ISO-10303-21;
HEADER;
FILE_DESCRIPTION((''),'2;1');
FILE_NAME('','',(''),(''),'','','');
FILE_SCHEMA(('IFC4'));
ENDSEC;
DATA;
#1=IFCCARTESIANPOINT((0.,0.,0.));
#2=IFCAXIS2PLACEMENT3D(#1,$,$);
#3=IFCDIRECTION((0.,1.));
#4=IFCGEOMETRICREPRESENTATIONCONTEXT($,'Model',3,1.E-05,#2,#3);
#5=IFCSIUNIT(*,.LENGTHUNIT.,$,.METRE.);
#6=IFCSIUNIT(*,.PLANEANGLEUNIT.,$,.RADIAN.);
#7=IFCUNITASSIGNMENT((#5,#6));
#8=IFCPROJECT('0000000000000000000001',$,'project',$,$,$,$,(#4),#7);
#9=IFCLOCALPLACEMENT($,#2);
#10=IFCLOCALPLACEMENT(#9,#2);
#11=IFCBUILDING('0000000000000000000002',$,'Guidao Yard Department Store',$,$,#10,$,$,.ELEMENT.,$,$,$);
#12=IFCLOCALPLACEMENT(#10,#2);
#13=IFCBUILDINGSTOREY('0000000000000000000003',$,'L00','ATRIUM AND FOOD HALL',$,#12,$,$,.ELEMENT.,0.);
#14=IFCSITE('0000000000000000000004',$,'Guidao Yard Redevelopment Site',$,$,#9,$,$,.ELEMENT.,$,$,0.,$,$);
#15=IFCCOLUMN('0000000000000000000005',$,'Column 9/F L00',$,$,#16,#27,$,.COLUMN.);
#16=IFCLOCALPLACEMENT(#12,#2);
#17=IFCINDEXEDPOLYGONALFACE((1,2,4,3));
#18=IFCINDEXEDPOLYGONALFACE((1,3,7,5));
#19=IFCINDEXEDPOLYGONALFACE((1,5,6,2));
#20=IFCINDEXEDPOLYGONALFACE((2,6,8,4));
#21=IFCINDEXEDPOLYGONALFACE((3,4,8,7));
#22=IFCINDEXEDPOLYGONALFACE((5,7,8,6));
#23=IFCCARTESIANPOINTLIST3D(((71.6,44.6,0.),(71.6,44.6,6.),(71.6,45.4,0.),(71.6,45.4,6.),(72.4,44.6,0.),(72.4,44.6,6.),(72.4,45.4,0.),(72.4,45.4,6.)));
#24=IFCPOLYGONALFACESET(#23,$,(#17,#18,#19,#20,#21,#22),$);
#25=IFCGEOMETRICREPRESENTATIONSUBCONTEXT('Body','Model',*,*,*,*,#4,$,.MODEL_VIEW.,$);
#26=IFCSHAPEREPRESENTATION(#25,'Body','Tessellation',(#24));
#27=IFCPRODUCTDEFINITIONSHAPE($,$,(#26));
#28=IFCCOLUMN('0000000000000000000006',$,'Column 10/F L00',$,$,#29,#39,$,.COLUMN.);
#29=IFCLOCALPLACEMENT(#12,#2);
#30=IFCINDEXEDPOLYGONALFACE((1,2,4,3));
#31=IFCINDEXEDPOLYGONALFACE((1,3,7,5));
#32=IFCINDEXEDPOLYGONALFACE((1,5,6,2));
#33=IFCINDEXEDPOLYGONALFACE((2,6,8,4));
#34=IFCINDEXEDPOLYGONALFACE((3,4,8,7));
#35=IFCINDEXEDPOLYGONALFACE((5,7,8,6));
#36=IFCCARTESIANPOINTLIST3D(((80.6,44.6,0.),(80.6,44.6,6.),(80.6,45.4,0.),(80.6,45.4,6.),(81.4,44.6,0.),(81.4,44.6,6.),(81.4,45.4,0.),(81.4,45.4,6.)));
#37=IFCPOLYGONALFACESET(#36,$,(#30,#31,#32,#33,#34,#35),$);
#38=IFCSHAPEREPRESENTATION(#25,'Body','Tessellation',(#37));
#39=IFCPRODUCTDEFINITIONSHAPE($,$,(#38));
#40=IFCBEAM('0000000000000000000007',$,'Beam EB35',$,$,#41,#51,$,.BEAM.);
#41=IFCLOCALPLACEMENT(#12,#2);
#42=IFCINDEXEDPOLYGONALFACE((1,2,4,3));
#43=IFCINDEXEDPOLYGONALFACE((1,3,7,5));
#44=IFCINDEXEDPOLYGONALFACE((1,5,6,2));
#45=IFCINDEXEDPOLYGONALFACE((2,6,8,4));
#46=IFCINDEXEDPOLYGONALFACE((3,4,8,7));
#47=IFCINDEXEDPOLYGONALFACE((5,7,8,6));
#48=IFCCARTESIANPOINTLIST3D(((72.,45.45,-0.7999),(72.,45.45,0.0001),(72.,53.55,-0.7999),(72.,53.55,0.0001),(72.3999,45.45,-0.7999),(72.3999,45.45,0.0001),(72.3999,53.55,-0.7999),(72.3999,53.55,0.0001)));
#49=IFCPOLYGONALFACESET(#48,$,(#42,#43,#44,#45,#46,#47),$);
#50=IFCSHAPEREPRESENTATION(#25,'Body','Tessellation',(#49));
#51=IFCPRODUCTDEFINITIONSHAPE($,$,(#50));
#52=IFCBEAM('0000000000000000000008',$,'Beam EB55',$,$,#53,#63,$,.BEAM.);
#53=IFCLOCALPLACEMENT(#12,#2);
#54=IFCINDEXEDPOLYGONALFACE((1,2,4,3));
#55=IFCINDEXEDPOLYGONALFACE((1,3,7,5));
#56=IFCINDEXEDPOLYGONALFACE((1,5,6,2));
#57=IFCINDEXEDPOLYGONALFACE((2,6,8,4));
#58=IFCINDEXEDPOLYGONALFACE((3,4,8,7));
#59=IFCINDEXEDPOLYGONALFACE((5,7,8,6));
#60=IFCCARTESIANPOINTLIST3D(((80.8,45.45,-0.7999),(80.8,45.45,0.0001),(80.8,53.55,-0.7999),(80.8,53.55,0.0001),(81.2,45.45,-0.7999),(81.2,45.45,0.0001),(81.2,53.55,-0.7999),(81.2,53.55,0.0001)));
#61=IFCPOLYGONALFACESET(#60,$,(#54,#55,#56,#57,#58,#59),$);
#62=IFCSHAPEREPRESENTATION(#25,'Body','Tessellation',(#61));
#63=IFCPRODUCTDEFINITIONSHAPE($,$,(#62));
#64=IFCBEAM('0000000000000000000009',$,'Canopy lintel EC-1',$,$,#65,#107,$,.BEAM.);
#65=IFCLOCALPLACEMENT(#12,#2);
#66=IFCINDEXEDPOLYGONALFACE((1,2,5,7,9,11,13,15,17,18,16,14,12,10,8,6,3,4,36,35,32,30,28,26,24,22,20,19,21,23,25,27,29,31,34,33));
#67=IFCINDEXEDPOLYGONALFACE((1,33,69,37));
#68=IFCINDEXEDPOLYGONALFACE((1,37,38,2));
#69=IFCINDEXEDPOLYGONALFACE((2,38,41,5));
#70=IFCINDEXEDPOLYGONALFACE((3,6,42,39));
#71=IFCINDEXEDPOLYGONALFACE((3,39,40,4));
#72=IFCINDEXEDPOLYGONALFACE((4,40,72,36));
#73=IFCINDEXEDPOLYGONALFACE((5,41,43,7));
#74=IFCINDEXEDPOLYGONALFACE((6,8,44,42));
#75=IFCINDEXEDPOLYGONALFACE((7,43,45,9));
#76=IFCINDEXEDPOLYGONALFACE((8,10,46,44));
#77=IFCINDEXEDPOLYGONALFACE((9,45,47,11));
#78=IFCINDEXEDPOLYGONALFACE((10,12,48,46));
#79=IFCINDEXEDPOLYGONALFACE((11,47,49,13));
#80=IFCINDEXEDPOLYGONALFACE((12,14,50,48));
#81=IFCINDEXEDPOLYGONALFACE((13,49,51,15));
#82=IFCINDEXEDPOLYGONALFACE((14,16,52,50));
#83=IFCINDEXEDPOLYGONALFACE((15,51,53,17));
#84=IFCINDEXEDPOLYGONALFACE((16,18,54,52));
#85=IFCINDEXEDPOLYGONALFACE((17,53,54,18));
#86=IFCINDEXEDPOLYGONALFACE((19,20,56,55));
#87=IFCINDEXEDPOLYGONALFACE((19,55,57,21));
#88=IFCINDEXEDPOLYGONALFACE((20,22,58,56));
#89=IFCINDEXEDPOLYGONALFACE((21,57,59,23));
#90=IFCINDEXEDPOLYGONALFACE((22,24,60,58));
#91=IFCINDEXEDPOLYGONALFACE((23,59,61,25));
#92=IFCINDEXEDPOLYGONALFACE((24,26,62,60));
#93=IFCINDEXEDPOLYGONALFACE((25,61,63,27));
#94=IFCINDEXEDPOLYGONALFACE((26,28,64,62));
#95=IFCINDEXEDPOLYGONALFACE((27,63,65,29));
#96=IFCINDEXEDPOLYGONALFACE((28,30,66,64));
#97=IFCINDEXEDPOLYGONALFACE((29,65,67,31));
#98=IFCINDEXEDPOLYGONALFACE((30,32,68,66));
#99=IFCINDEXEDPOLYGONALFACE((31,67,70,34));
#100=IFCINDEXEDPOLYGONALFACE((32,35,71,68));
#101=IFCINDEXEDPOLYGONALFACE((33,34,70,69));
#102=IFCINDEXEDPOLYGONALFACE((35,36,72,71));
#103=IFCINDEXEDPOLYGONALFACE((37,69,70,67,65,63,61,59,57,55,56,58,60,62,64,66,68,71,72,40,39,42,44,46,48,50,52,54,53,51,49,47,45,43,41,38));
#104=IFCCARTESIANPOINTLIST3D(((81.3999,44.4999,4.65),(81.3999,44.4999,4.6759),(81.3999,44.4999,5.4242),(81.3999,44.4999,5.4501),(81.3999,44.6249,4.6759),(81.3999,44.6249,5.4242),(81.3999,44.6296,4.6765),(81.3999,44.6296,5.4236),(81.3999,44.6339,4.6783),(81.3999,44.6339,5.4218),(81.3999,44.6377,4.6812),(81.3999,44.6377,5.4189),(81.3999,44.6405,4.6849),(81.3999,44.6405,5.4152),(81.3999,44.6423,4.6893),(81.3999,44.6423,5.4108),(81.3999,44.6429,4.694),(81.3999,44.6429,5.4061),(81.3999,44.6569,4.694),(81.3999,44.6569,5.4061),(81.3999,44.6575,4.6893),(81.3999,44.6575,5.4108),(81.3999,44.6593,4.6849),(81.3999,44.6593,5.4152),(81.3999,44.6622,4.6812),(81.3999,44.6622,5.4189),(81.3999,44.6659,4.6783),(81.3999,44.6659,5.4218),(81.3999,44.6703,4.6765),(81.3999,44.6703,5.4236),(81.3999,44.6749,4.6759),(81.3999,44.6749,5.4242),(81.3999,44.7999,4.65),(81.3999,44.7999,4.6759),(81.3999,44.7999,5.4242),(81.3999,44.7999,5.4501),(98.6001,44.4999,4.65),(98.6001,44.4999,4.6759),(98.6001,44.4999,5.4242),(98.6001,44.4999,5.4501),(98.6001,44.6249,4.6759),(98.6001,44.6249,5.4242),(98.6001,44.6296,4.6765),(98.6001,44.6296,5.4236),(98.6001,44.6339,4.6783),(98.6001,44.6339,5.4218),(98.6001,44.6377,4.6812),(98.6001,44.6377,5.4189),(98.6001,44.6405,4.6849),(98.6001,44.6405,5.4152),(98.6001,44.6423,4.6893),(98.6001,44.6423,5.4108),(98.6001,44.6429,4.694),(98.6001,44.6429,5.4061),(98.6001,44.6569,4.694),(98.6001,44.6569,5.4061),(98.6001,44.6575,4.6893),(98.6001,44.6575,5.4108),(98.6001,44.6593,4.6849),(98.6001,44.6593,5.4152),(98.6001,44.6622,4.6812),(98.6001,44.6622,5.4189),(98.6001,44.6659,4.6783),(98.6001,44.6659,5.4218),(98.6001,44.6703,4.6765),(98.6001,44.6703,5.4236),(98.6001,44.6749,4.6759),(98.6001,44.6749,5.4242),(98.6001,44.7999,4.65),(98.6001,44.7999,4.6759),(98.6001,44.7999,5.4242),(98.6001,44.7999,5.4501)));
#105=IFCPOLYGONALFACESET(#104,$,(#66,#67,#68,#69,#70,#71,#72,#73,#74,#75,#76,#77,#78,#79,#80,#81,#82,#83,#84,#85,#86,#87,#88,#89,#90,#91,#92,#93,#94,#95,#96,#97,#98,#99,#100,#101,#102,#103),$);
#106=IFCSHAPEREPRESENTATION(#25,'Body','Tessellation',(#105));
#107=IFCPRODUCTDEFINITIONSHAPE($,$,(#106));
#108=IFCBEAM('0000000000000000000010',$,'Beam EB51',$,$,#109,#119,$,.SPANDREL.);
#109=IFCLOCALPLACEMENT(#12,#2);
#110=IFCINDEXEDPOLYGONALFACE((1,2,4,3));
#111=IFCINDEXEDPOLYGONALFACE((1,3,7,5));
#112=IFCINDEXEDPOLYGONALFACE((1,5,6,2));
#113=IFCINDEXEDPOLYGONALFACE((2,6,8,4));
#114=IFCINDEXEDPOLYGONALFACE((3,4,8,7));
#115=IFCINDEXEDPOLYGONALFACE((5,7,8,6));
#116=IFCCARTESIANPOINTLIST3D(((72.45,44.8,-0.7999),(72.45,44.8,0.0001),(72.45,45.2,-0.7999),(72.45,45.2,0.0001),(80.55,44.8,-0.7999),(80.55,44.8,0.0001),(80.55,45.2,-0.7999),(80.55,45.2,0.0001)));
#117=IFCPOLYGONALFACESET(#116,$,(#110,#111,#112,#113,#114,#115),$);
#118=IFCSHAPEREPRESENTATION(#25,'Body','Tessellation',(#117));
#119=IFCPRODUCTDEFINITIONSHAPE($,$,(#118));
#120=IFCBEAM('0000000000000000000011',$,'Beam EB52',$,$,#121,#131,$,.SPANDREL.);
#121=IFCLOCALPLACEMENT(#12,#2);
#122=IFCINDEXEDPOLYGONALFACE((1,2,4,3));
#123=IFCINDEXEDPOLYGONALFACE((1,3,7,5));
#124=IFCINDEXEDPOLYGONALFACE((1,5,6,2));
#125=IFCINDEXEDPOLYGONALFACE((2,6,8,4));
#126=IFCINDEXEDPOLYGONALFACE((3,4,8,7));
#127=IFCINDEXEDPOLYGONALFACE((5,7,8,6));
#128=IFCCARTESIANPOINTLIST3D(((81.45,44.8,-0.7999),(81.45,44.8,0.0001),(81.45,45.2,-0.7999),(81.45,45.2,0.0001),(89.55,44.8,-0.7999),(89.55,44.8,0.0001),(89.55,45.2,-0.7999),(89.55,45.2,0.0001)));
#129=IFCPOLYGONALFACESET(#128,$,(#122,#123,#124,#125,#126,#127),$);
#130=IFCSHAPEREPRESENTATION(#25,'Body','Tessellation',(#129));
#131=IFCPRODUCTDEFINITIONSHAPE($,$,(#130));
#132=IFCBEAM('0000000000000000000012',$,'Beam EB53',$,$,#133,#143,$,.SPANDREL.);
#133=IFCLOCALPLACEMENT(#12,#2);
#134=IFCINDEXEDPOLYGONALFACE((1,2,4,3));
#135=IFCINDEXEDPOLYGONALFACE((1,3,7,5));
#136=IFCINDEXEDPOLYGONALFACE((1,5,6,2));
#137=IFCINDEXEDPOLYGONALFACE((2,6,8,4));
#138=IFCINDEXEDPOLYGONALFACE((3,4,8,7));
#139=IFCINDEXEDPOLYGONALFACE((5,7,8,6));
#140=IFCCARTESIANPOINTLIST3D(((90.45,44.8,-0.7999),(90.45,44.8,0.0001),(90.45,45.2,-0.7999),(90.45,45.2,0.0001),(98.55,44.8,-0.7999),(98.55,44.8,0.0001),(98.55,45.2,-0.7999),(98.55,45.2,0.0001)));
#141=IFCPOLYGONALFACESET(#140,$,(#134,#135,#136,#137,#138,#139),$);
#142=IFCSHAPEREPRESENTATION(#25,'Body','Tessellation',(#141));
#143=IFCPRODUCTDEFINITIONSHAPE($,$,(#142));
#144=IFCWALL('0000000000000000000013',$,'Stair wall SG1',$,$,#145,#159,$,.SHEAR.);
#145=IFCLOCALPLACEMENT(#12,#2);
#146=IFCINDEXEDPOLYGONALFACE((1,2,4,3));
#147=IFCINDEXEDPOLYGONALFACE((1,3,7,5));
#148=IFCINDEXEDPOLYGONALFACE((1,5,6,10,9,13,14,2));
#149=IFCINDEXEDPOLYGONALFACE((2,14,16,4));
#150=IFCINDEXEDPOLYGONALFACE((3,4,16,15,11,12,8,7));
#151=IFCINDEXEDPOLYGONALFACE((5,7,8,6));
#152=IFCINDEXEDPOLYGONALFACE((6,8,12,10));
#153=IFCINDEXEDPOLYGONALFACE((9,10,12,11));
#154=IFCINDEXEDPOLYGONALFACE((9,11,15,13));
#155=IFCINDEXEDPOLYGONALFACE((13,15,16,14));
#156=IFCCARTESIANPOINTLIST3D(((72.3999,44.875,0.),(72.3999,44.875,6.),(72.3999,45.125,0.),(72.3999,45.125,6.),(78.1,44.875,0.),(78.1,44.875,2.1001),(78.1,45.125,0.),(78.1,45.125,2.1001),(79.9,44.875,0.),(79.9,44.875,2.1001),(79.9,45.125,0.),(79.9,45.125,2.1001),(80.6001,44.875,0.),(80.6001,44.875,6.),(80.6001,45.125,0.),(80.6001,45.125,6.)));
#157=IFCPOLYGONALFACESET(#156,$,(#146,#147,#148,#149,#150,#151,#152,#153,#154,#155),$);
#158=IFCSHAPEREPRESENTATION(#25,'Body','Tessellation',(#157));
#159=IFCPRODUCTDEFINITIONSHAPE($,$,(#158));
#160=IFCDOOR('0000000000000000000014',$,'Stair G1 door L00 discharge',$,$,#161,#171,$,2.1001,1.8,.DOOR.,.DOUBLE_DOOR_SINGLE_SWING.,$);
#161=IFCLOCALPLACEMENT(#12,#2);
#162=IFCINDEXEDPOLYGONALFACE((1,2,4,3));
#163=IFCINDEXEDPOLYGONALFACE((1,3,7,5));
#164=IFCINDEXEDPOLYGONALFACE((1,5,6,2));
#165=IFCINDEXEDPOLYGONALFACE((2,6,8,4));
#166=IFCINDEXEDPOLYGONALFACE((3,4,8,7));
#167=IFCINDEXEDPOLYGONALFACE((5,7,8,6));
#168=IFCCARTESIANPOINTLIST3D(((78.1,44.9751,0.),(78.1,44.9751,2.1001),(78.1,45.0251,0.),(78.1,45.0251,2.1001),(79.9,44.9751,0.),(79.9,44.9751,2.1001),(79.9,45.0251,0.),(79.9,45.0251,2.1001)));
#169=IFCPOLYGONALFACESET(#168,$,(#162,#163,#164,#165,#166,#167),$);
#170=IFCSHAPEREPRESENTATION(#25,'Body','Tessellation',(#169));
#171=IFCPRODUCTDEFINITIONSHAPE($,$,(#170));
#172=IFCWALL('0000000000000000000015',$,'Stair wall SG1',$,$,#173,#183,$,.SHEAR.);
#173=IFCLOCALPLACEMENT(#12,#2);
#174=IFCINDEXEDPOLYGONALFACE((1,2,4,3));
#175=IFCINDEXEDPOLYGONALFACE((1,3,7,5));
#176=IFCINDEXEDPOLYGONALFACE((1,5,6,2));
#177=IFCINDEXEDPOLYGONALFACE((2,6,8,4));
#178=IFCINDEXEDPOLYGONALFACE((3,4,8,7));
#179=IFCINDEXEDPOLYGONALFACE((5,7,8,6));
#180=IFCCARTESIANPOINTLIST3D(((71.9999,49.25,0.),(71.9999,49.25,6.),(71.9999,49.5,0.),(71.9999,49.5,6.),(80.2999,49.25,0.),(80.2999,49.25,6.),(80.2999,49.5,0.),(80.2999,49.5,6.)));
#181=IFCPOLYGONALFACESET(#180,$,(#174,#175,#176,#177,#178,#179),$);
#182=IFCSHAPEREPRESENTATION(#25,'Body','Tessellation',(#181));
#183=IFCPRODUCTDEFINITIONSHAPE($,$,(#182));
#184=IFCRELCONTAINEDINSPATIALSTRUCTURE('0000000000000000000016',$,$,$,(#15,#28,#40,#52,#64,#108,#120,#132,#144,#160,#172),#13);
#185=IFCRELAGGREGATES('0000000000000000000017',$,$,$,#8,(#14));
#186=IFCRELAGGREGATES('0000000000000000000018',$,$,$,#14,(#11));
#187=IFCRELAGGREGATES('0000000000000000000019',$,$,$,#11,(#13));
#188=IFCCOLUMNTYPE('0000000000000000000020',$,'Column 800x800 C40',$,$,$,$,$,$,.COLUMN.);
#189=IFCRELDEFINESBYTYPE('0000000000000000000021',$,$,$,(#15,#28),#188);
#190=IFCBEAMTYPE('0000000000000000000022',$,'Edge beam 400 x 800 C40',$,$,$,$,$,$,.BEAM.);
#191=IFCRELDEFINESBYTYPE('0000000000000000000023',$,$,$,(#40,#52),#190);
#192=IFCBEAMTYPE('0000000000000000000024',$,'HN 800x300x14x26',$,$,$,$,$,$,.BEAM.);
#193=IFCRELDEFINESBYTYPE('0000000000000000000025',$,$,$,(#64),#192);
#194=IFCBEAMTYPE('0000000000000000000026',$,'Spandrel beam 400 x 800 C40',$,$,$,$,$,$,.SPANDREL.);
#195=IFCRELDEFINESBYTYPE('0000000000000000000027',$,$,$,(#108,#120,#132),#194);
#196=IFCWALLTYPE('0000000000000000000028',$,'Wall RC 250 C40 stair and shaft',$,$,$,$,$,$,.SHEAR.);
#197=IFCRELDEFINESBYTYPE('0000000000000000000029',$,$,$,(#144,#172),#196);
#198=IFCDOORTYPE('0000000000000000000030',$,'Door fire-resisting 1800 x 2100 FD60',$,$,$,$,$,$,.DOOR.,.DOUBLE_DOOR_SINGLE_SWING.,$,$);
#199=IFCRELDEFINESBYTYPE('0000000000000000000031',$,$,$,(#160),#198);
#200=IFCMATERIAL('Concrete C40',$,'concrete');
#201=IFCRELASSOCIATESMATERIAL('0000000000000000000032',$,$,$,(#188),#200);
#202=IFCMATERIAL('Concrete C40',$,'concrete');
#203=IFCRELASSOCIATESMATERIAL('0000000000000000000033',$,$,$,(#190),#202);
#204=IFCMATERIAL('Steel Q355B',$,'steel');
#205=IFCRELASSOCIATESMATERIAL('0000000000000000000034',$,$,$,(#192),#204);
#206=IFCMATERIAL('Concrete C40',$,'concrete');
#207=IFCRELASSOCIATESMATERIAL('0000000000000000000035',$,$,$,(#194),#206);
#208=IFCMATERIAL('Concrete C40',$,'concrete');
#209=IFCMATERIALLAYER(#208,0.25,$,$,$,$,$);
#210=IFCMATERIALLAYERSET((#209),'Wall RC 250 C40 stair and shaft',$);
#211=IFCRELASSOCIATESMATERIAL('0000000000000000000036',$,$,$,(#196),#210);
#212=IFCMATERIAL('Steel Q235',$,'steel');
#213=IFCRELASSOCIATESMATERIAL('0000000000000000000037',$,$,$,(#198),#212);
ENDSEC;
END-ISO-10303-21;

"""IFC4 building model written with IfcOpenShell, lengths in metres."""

from ifc_helpers import new_model, si_unit, direction, frame, frame_2d, origin, origin_2d, place, context, subcontext, project, spatial, rectangle, i_section, extrude, material, layer, layer_set, material_profile, profile_set, type_object, element, fill, save


model = new_model("IFC4")

# Units and contexts
model_context = context("Model", 3, precision=1e-05, world=origin(), true_north=direction((0.0, 1.0)))
body_context = subcontext(model_context, "Body", "Model", "MODEL_VIEW")
ifc_project = project(units=[si_unit("LENGTHUNIT", "METRE"), si_unit("PLANEANGLEUNIT", "RADIAN")], contexts=[model_context])

# Site, building, storey
site_placement = place(None, origin())
site = spatial("IfcSite", under=ifc_project, at=site_placement, Name="Guidao Yard Redevelopment Site", CompositionType="ELEMENT", RefElevation=0.0)
building_placement = place(site_placement, origin())
building = spatial("IfcBuilding", under=site, at=building_placement, Name="Guidao Yard Department Store", CompositionType="ELEMENT")
storey_placement = place(building_placement, origin())
storey = spatial("IfcBuildingStorey", under=building, at=storey_placement, Name="L00", Description="ATRIUM AND FOOD HALL", CompositionType="ELEMENT", Elevation=0.0)

# Columns
ifc_material_1 = material(Name="Concrete C40", Category="concrete")
ifc_material_profile_1 = material_profile(ifc_material_1, rectangle(XDim=0.8, YDim=0.8, at=origin_2d()), Name="COL 800x800")
ifc_profile_set_1 = profile_set([ifc_material_profile_1], Name="Concrete C40")
column_type = type_object("IfcColumnType", Name="Column 800x800 C40", PredefinedType="COLUMN", material=ifc_profile_set_1)
for number, where, z_axis, x_axis, name in (
    (1, (72.0, 45.0, 0.0), (0.0, 0.0, 1.0), (1.0, 0.0, 0.0), "Column 9/F L00"),
    (2, (81.0, 45.0, 0.0), (0.0, 0.0, 1.0), (1.0, 0.0, 0.0), "Column 10/F L00"),
):
    element("IfcColumn", number, at=place(storey_placement, frame(where, z_axis=z_axis, x_axis=x_axis)), inside=storey, type_object=column_type, Name=name, PredefinedType="COLUMN", context=body_context, shape_type="SweptSolid", body=[
        extrude(rectangle(XDim=0.8, YDim=0.8, at=origin_2d()), origin(), (0.0, 0.0, 1.0), 6.0),
    ])

# Beams
ifc_material_2 = material(Name="Concrete C40", Category="concrete")
ifc_material_profile_2 = material_profile(ifc_material_2, rectangle(XDim=0.3999, YDim=0.8, at=origin_2d()), Name="Edge beam 400 x 800 C40")
ifc_profile_set_2 = profile_set([ifc_material_profile_2], Name="Concrete C40")
beam_type_1 = type_object("IfcBeamType", Name="Edge beam 400 x 800 C40", PredefinedType="BEAM", material=ifc_profile_set_2)
for number, where, z_axis, x_axis, name in (
    (3, (72.2, 45.45, -0.3999), (0.0, 1.0, 0.0), (-1.0, 0.0, 0.0), "Beam EB35"),
    (4, (81.0, 45.45, -0.3999), (0.0, 1.0, 0.0), (-1.0, 0.0, 0.0), "Beam EB55"),
):
    element("IfcBeam", number, at=place(storey_placement, frame(where, z_axis=z_axis, x_axis=x_axis)), inside=storey, type_object=beam_type_1, Name=name, PredefinedType="BEAM", context=body_context, shape_type="SweptSolid", body=[
        extrude(rectangle(XDim=0.3999, YDim=0.8, at=origin_2d()), origin(), (0.0, 0.0, 1.0), 8.1001),
    ])
ifc_material_3 = material(Name="Steel Q355B", Category="steel")
ifc_material_profile_3 = material_profile(ifc_material_3, i_section(OverallWidth=0.3, OverallDepth=0.8, WebThickness=0.0139, FlangeThickness=0.0259, FilletRadius=0.0181, at=origin_2d()), Name="HN 800x300x14x26")
ifc_profile_set_3 = profile_set([ifc_material_profile_3], Name="Steel Q355B")
beam_type_2 = type_object("IfcBeamType", Name="HN 800x300x14x26", PredefinedType="BEAM", material=ifc_profile_set_3)
beam_placement = place(storey_placement, frame((81.3999, 44.6499, 5.05), z_axis=(1.0, 0.0, 0.0), x_axis=(0.0, 1.0, 0.0)))
element("IfcBeam", 5, at=beam_placement, inside=storey, type_object=beam_type_2, Name="Canopy lintel EC-1", PredefinedType="BEAM", context=body_context, shape_type="SweptSolid", body=[
    extrude(i_section(OverallWidth=0.3, OverallDepth=0.8, WebThickness=0.0139, FlangeThickness=0.0259, FilletRadius=0.0181, at=origin_2d()), origin(), (0.0, 0.0, 1.0), 17.2002),
])
ifc_material_4 = material(Name="Concrete C40", Category="concrete")
ifc_material_profile_4 = material_profile(ifc_material_4, rectangle(XDim=0.3999, YDim=0.8, at=origin_2d()), Name="Spandrel beam 400 x 800 C40")
ifc_profile_set_4 = profile_set([ifc_material_profile_4], Name="Concrete C40")
beam_type_3 = type_object("IfcBeamType", Name="Spandrel beam 400 x 800 C40", PredefinedType="SPANDREL", material=ifc_profile_set_4)
for number, where, z_axis, x_axis, name in (
    (6, (72.45, 45.0, -0.3999), (1.0, 0.0, 0.0), (0.0, 1.0, 0.0), "Beam EB51"),
    (7, (81.45, 45.0, -0.3999), (1.0, 0.0, 0.0), (0.0, 1.0, 0.0), "Beam EB52"),
    (8, (90.45, 45.0, -0.3999), (1.0, 0.0, 0.0), (0.0, 1.0, 0.0), "Beam EB53"),
):
    element("IfcBeam", number, at=place(storey_placement, frame(where, z_axis=z_axis, x_axis=x_axis)), inside=storey, type_object=beam_type_3, Name=name, PredefinedType="SPANDREL", context=body_context, shape_type="SweptSolid", body=[
        extrude(rectangle(XDim=0.3999, YDim=0.8, at=origin_2d()), origin(), (0.0, 0.0, 1.0), 8.1001),
    ])

# Wall, opening, door
ifc_material_5 = material(Name="Concrete C40", Category="concrete")
ifc_layer = layer(ifc_material_5, 0.25)
ifc_layer_set = layer_set([ifc_layer], Name="Wall RC 250 C40 stair and shaft")
wall_type = type_object("IfcWallType", Name="Wall RC 250 C40 stair and shaft", PredefinedType="SHEAR", material=ifc_layer_set)
wall_1_placement = place(storey_placement, frame((72.3999, 45.0, 0.0), z_axis=(0.0, 0.0, 1.0), x_axis=(1.0, 0.0, 0.0)))
wall_1 = element("IfcWall", 9, at=wall_1_placement, inside=storey, type_object=wall_type, Name="Stair wall SG1", PredefinedType="SHEAR", context=body_context, shape_type="SweptSolid", body=[
    extrude(rectangle(XDim=8.2002, YDim=0.25, at=frame_2d((4.1001, 0.0))), origin(), (0.0, 0.0, 1.0), 6.0),
])
opening_1_placement = place(wall_1_placement, frame((7.5, 0.0, 0.0), z_axis=(0.0, 0.0, 1.0), x_axis=(-1.0, 0.0, 0.0)))
opening_1 = element("IfcOpeningElement", 10, at=opening_1_placement, cuts=wall_1, PredefinedType="OPENING", context=body_context, shape_type="SweptSolid", body=[
    extrude(rectangle(XDim=1.8, YDim=2.1001, at=frame_2d((0.8999, 1.05))), frame((0.0, 0.135, 0.0), z_axis=(0.0, -1.0, 0.0), x_axis=(1.0, 0.0, 0.0)), (0.0, 0.0, 1.0), 0.27),
])
ifc_material_6 = material(Name="Steel Q235", Category="steel")
door_type = type_object("IfcDoorType", Name="Door fire-resisting 1800 x 2100 FD60", OperationType="DOUBLE_DOOR_SINGLE_SWING", PredefinedType="DOOR", material=ifc_material_6)
door_1_placement = place(opening_1_placement, origin())
door_1 = element("IfcDoor", 11, at=door_1_placement, inside=storey, type_object=door_type, Name="Stair G1 door L00 discharge", OperationType="DOUBLE_DOOR_SINGLE_SWING", OverallHeight=2.1001, OverallWidth=1.8, PredefinedType="DOOR", context=body_context, shape_type="SweptSolid", body=[
    extrude(rectangle(XDim=1.8, YDim=2.1001, at=frame_2d((0.8999, 1.05))), frame((0.0, 0.0249, 0.0), z_axis=(0.0, -1.0, 0.0), x_axis=(1.0, 0.0, 0.0)), (0.0, 0.0, 1.0), 0.05),
])
fill(opening_1, door_1)

# Wall
wall_2_placement = place(storey_placement, frame((72.0, 49.375, 0.0), z_axis=(0.0, 0.0, 1.0), x_axis=(1.0, 0.0, 0.0)))
element("IfcWall", 12, at=wall_2_placement, inside=storey, type_object=wall_type, Name="Stair wall SG1", PredefinedType="SHEAR", context=body_context, shape_type="SweptSolid", body=[
    extrude(rectangle(XDim=8.3, YDim=0.25, at=frame_2d((4.1499, 0.0))), origin(), (0.0, 0.0, 1.0), 6.0),
])

save(model, "model.ifc")
